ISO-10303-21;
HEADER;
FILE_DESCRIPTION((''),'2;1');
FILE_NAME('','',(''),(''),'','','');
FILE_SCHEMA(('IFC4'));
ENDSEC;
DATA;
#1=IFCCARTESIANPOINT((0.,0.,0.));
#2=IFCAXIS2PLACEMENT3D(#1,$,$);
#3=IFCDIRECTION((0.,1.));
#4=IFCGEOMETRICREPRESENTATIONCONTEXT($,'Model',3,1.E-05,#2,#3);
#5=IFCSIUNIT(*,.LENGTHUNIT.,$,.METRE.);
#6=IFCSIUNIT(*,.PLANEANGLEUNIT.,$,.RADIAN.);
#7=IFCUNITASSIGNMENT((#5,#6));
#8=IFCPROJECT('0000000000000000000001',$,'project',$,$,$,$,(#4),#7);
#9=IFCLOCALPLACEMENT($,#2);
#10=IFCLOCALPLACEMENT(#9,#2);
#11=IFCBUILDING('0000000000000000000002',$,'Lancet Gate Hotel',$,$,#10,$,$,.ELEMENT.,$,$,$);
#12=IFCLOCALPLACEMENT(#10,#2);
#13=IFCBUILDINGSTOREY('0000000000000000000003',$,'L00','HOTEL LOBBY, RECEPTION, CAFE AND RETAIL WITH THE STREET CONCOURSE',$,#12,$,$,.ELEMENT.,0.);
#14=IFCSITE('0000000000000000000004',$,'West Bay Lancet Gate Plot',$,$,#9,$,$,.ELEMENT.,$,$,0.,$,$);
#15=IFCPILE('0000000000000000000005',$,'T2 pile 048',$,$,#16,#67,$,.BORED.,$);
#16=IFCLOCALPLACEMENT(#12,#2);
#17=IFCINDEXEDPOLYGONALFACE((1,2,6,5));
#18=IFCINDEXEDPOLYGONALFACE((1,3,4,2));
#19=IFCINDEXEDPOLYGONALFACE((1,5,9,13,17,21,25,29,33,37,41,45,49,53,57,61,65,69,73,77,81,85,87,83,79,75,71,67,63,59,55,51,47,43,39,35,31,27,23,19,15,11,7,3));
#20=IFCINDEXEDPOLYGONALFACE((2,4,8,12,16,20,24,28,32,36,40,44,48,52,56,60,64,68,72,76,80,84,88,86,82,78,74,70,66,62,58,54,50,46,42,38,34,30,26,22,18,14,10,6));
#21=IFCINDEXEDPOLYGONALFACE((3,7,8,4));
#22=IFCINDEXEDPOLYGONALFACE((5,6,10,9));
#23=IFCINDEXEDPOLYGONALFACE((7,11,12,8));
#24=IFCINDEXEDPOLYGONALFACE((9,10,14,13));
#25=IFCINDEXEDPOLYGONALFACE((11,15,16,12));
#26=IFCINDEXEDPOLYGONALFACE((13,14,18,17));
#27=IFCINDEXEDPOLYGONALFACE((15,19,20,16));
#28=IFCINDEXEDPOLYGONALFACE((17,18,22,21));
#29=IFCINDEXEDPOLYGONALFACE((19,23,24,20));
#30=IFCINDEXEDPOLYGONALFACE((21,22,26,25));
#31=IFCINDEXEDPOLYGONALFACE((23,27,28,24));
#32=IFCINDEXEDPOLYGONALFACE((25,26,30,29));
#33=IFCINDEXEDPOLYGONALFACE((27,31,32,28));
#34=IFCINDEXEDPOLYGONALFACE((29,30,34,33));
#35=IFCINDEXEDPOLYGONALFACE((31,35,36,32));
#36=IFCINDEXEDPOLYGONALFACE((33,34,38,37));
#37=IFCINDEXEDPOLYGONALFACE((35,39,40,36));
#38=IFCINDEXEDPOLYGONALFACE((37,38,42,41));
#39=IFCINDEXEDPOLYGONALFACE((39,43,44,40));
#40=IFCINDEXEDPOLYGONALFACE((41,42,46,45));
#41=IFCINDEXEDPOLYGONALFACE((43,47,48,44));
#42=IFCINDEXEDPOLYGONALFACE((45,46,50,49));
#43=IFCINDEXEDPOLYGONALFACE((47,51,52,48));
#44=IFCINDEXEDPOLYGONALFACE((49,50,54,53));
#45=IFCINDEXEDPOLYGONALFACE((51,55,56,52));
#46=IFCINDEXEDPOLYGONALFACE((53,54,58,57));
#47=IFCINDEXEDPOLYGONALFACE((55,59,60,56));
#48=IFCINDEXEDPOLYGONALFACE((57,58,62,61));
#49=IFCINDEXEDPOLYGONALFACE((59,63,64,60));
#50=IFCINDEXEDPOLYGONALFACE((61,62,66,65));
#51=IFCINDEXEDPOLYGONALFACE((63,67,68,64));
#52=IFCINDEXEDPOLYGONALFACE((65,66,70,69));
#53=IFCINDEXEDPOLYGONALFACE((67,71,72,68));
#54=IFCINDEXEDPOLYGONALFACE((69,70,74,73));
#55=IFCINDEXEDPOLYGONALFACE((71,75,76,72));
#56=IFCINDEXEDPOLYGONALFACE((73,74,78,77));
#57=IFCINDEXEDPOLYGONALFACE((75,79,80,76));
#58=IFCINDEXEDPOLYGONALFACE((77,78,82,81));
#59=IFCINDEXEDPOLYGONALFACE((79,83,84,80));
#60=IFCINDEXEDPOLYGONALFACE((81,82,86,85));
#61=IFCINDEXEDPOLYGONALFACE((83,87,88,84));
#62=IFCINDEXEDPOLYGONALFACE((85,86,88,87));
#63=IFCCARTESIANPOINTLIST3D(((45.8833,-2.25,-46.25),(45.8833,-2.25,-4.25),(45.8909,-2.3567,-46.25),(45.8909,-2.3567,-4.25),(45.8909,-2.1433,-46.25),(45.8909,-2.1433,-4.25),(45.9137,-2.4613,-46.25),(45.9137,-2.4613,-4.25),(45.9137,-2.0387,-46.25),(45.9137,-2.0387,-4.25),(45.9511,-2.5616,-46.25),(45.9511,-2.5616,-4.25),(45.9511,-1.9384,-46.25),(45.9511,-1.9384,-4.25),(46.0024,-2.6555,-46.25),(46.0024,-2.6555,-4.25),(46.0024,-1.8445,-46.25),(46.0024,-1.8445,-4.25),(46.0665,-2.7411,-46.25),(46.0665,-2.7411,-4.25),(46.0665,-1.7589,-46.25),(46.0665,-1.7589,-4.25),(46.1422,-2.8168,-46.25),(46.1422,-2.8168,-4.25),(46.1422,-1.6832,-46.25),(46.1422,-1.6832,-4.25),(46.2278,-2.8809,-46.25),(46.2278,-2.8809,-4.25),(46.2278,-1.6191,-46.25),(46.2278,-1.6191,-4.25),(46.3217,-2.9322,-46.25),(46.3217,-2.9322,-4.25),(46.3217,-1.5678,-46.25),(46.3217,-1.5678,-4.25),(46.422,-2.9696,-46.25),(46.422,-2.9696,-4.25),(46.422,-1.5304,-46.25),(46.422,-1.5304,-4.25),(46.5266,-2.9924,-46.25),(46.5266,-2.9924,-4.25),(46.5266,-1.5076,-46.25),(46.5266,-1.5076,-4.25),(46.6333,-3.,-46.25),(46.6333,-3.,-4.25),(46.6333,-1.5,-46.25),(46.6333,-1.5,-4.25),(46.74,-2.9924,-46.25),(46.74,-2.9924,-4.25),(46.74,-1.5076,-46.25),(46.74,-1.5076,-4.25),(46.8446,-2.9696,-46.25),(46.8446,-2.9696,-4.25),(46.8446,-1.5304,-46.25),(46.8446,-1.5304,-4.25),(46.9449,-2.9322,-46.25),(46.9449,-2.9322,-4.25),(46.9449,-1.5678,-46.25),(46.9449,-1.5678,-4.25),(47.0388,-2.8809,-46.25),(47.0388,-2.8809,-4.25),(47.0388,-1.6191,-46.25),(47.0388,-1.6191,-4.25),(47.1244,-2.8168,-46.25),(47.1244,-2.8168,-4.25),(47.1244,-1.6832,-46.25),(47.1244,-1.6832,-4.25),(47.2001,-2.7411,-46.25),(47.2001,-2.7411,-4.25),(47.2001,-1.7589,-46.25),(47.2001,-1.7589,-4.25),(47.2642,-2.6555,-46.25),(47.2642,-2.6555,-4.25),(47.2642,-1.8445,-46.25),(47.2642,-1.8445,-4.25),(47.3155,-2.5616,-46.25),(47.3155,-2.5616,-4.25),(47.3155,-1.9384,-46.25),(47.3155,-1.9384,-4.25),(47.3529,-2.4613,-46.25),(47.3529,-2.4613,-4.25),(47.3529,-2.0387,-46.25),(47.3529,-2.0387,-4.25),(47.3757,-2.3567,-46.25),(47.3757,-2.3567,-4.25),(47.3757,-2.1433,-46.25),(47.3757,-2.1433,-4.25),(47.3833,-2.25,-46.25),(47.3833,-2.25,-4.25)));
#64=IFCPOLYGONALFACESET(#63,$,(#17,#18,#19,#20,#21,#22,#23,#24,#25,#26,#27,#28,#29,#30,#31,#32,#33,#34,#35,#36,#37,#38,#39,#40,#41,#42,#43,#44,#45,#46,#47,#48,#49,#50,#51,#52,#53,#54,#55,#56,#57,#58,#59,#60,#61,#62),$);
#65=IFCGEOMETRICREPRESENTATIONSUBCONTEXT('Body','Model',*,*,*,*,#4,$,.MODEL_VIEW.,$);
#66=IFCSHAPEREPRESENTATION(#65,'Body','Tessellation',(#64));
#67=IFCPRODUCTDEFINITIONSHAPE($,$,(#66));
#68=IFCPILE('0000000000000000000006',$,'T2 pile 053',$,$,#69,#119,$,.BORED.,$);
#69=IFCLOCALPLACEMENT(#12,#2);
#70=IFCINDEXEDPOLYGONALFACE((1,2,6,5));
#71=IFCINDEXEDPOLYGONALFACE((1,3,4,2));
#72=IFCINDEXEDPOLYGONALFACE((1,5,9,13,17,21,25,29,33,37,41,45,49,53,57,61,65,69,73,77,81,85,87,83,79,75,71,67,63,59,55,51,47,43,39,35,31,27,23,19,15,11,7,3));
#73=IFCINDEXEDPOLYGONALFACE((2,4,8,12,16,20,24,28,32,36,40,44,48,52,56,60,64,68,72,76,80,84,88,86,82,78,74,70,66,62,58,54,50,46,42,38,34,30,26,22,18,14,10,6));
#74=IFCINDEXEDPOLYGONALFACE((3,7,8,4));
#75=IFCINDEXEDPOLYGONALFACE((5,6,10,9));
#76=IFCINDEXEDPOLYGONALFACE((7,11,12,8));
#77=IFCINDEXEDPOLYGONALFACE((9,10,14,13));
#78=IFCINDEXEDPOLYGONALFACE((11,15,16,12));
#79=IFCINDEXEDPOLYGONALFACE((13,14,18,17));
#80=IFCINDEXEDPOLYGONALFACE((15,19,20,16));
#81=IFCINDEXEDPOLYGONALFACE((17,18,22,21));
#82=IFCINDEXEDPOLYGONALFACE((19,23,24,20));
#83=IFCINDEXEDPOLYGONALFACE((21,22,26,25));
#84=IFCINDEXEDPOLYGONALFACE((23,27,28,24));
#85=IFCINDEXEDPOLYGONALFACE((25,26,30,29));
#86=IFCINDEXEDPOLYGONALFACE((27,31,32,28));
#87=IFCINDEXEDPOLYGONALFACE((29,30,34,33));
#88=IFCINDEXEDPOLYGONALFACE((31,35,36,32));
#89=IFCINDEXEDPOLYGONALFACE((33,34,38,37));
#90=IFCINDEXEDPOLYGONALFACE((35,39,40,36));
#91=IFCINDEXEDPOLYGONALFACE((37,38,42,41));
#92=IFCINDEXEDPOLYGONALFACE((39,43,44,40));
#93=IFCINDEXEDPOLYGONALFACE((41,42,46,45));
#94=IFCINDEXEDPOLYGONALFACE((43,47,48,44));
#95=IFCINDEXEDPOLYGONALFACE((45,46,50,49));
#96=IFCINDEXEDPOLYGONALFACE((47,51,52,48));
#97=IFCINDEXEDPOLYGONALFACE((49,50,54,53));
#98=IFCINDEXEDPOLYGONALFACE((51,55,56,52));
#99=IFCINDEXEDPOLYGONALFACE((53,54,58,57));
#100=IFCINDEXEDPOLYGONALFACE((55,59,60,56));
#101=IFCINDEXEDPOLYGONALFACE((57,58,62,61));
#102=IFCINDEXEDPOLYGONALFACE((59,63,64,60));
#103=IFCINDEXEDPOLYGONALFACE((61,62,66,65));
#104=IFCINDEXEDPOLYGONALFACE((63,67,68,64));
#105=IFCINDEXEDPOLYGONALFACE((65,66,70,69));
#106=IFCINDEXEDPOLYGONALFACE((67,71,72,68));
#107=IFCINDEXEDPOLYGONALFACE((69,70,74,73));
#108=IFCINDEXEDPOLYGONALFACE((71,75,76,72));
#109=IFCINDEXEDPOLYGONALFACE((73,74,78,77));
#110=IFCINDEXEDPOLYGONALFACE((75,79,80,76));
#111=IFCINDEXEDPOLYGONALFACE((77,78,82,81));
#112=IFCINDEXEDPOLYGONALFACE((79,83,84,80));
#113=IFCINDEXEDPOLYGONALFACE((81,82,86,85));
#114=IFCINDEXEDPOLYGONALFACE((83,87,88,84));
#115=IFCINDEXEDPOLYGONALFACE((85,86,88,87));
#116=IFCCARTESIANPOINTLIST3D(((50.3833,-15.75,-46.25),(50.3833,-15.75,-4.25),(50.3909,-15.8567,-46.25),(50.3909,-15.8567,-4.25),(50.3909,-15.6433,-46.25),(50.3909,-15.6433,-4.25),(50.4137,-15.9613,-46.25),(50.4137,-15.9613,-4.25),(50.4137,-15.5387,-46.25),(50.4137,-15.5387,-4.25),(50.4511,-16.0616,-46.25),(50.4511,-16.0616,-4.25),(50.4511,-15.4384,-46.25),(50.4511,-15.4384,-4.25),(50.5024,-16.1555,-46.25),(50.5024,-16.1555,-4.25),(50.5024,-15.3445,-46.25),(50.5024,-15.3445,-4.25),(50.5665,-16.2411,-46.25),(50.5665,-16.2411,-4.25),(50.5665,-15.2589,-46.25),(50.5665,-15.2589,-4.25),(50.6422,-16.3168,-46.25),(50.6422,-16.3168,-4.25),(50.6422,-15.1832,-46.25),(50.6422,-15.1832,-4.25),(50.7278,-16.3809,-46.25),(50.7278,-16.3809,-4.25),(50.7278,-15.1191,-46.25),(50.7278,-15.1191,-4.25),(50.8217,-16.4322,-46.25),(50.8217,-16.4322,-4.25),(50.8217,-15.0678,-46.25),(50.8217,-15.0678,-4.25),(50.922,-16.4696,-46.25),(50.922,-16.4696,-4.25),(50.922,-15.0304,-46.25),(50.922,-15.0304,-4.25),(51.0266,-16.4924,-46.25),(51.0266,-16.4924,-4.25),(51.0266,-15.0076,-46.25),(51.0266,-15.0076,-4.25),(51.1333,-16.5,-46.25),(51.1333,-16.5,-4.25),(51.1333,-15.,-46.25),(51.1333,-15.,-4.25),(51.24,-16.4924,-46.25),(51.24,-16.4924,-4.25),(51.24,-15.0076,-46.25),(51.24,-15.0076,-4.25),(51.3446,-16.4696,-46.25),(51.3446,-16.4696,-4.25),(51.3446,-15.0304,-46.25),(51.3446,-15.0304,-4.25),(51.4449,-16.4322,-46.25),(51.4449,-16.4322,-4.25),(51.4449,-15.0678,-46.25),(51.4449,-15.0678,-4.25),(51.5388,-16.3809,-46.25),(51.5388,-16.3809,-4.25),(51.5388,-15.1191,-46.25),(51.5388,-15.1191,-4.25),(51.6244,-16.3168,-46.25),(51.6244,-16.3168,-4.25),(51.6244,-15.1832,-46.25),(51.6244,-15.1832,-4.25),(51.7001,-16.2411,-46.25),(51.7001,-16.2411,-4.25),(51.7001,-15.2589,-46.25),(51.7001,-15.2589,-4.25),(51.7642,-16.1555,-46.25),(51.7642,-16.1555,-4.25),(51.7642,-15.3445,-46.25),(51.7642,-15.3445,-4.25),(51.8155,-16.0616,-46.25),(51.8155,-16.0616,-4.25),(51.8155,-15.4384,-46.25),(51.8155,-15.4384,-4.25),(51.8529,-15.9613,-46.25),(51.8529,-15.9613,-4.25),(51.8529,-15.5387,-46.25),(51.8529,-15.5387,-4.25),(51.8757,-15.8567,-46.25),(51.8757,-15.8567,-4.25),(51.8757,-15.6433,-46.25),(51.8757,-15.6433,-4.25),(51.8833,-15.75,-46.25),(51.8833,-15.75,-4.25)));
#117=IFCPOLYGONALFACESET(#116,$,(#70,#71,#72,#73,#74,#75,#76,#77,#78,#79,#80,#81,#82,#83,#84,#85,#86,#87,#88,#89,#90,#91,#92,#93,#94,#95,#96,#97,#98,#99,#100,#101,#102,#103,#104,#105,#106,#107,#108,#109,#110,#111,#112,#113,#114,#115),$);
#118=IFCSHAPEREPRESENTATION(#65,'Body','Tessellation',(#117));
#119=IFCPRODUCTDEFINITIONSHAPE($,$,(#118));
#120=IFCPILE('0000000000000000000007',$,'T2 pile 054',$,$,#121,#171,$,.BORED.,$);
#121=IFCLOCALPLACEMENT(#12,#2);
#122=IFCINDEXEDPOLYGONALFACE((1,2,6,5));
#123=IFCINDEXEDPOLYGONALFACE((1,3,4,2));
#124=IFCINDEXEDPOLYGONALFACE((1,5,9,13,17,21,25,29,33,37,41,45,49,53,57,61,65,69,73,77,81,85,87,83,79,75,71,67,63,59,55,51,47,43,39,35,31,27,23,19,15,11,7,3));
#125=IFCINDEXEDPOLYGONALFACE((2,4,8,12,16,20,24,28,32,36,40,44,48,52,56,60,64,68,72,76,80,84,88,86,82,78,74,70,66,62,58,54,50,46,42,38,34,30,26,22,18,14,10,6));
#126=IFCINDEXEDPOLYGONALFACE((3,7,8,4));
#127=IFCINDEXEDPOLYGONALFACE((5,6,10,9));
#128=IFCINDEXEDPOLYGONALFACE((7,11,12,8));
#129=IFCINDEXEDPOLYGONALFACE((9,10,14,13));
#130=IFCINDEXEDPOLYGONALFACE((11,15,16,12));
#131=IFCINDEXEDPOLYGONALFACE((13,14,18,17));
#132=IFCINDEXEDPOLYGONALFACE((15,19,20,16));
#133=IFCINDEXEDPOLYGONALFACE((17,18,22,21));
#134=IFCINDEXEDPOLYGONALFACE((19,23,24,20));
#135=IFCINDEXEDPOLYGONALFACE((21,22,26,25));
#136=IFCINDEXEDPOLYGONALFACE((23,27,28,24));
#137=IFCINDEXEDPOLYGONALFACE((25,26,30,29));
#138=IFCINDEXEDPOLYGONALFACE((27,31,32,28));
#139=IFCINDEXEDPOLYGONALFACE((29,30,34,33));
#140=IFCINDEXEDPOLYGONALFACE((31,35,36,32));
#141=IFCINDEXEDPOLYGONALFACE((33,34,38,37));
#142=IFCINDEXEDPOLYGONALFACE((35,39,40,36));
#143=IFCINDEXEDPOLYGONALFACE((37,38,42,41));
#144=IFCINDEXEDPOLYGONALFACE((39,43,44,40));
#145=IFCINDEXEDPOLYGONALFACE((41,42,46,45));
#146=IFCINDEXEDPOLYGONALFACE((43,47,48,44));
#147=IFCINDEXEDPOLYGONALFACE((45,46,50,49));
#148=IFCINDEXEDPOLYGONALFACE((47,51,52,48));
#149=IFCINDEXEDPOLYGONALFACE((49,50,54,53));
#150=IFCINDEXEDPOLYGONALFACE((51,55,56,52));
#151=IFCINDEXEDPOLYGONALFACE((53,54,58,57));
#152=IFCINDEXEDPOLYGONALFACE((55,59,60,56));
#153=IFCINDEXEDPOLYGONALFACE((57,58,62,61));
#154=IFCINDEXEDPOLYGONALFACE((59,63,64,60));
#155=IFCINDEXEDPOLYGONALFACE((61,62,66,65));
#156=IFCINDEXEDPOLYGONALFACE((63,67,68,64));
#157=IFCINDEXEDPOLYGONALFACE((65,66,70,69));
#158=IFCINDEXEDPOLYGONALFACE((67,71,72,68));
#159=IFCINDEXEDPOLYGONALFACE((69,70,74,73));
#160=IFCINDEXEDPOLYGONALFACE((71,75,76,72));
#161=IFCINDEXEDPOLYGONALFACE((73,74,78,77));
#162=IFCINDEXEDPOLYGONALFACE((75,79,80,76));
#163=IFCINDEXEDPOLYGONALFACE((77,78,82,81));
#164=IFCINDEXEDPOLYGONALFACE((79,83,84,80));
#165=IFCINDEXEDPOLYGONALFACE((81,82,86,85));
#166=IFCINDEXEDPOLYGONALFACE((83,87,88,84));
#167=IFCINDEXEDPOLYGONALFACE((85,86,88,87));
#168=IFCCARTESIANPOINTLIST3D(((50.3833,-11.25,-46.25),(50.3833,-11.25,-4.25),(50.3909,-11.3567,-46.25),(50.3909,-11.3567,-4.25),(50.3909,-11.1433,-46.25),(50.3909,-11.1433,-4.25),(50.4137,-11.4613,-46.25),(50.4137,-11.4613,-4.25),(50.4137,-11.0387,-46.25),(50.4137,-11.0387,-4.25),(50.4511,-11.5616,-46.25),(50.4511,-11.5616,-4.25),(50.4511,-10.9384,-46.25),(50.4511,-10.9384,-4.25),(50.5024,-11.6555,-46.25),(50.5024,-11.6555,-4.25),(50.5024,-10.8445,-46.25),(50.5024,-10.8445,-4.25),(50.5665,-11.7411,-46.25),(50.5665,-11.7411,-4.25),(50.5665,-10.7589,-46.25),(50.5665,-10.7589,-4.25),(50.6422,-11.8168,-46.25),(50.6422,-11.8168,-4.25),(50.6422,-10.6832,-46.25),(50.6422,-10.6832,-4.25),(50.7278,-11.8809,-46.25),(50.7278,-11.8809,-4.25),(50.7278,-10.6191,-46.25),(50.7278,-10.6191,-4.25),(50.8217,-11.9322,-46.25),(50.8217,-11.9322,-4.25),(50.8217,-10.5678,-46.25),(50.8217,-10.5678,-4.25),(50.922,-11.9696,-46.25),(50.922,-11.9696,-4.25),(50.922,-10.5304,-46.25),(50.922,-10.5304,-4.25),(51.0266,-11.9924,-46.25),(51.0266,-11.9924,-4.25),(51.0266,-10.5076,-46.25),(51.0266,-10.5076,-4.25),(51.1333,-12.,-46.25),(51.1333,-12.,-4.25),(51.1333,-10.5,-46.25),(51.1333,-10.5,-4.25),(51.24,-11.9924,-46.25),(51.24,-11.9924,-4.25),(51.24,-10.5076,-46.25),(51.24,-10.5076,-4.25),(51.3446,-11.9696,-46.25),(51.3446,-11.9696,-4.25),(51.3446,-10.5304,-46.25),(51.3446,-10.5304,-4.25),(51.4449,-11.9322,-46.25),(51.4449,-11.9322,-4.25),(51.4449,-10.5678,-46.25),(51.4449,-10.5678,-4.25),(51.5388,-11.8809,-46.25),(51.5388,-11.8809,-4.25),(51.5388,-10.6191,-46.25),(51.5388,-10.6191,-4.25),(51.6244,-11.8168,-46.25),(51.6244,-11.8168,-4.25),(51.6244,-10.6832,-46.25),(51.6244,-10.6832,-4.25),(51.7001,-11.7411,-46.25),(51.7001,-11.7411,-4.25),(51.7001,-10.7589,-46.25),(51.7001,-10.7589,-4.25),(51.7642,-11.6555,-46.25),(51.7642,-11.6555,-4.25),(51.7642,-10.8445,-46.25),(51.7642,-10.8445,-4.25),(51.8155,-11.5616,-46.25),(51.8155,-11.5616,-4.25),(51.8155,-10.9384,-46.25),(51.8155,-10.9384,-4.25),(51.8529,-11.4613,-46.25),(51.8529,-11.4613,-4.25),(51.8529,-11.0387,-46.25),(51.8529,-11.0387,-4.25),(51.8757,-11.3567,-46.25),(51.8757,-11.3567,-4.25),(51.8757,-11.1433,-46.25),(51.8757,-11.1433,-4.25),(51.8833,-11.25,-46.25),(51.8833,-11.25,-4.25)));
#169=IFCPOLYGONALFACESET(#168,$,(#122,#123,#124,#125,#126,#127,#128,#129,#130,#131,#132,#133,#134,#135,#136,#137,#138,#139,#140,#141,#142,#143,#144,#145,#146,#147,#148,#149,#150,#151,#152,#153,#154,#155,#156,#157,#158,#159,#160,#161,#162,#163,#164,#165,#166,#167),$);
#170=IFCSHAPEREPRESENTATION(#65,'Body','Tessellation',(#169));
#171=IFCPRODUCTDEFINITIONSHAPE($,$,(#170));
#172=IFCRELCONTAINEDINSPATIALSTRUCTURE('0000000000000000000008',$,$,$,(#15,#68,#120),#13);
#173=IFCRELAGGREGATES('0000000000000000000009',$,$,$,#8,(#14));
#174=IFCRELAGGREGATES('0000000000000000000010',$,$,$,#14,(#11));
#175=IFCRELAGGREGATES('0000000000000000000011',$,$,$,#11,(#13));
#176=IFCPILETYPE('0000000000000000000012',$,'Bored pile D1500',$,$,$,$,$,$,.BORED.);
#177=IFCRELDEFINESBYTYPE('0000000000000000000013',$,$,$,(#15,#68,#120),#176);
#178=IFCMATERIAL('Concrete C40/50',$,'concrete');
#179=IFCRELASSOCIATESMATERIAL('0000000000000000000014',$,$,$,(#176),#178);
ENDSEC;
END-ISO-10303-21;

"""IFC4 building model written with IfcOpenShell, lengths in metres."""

from ifc_helpers import new_model, si_unit, direction, frame, origin, origin_2d, place, context, subcontext, project, spatial, circle, extrude, material, material_profile, profile_set, type_object, element, save


model = new_model("IFC4")

# Units and contexts
model_context = context("Model", 3, precision=1e-05, world=origin(), true_north=direction((0.0, 1.0)))
body_context = subcontext(model_context, "Body", "Model", "MODEL_VIEW")
ifc_project = project(units=[si_unit("LENGTHUNIT", "METRE"), si_unit("PLANEANGLEUNIT", "RADIAN")], contexts=[model_context])

# Site, building, storey
site_placement = place(None, origin())
site = spatial("IfcSite", under=ifc_project, at=site_placement, Name="West Bay Lancet Gate Plot", CompositionType="ELEMENT", RefElevation=0.0)
building_placement = place(site_placement, origin())
building = spatial("IfcBuilding", under=site, at=building_placement, Name="Lancet Gate Hotel", CompositionType="ELEMENT")
storey_placement = place(building_placement, origin())
storey = spatial("IfcBuildingStorey", under=building, at=storey_placement, Name="L00", Description="HOTEL LOBBY, RECEPTION, CAFE AND RETAIL WITH THE STREET CONCOURSE", CompositionType="ELEMENT", Elevation=0.0)

# Piles
ifc_material_1 = material(Name="Concrete C40/50", Category="concrete")
ifc_material_profile_1 = material_profile(ifc_material_1, circle(Radius=0.75, at=origin_2d()), Name="PILE D1500")
ifc_profile_set_1 = profile_set([ifc_material_profile_1], Name="Concrete C40/50")
pile_type = type_object("IfcPileType", Name="Bored pile D1500", PredefinedType="BORED", material=ifc_profile_set_1)
for number, where, z_axis, x_axis, name in (
    (1, (46.6333, -2.25, -4.25), (0.0, 0.0, -1.0), (1.0, 0.0, 0.0), "T2 pile 048"),
    (2, (51.1333, -15.75, -4.25), (0.0, 0.0, -1.0), (1.0, 0.0, 0.0), "T2 pile 053"),
    (3, (51.1333, -11.25, -4.25), (0.0, 0.0, -1.0), (1.0, 0.0, 0.0), "T2 pile 054"),
):
    element("IfcPile", number, at=place(storey_placement, frame(where, z_axis=z_axis, x_axis=x_axis)), inside=storey, type_object=pile_type, Name=name, PredefinedType="BORED", context=body_context, shape_type="SweptSolid", body=[
        extrude(circle(Radius=0.75, at=origin_2d()), origin(), (0.0, 0.0, 1.0), 42.0),
    ])

save(model, "model.ifc")
